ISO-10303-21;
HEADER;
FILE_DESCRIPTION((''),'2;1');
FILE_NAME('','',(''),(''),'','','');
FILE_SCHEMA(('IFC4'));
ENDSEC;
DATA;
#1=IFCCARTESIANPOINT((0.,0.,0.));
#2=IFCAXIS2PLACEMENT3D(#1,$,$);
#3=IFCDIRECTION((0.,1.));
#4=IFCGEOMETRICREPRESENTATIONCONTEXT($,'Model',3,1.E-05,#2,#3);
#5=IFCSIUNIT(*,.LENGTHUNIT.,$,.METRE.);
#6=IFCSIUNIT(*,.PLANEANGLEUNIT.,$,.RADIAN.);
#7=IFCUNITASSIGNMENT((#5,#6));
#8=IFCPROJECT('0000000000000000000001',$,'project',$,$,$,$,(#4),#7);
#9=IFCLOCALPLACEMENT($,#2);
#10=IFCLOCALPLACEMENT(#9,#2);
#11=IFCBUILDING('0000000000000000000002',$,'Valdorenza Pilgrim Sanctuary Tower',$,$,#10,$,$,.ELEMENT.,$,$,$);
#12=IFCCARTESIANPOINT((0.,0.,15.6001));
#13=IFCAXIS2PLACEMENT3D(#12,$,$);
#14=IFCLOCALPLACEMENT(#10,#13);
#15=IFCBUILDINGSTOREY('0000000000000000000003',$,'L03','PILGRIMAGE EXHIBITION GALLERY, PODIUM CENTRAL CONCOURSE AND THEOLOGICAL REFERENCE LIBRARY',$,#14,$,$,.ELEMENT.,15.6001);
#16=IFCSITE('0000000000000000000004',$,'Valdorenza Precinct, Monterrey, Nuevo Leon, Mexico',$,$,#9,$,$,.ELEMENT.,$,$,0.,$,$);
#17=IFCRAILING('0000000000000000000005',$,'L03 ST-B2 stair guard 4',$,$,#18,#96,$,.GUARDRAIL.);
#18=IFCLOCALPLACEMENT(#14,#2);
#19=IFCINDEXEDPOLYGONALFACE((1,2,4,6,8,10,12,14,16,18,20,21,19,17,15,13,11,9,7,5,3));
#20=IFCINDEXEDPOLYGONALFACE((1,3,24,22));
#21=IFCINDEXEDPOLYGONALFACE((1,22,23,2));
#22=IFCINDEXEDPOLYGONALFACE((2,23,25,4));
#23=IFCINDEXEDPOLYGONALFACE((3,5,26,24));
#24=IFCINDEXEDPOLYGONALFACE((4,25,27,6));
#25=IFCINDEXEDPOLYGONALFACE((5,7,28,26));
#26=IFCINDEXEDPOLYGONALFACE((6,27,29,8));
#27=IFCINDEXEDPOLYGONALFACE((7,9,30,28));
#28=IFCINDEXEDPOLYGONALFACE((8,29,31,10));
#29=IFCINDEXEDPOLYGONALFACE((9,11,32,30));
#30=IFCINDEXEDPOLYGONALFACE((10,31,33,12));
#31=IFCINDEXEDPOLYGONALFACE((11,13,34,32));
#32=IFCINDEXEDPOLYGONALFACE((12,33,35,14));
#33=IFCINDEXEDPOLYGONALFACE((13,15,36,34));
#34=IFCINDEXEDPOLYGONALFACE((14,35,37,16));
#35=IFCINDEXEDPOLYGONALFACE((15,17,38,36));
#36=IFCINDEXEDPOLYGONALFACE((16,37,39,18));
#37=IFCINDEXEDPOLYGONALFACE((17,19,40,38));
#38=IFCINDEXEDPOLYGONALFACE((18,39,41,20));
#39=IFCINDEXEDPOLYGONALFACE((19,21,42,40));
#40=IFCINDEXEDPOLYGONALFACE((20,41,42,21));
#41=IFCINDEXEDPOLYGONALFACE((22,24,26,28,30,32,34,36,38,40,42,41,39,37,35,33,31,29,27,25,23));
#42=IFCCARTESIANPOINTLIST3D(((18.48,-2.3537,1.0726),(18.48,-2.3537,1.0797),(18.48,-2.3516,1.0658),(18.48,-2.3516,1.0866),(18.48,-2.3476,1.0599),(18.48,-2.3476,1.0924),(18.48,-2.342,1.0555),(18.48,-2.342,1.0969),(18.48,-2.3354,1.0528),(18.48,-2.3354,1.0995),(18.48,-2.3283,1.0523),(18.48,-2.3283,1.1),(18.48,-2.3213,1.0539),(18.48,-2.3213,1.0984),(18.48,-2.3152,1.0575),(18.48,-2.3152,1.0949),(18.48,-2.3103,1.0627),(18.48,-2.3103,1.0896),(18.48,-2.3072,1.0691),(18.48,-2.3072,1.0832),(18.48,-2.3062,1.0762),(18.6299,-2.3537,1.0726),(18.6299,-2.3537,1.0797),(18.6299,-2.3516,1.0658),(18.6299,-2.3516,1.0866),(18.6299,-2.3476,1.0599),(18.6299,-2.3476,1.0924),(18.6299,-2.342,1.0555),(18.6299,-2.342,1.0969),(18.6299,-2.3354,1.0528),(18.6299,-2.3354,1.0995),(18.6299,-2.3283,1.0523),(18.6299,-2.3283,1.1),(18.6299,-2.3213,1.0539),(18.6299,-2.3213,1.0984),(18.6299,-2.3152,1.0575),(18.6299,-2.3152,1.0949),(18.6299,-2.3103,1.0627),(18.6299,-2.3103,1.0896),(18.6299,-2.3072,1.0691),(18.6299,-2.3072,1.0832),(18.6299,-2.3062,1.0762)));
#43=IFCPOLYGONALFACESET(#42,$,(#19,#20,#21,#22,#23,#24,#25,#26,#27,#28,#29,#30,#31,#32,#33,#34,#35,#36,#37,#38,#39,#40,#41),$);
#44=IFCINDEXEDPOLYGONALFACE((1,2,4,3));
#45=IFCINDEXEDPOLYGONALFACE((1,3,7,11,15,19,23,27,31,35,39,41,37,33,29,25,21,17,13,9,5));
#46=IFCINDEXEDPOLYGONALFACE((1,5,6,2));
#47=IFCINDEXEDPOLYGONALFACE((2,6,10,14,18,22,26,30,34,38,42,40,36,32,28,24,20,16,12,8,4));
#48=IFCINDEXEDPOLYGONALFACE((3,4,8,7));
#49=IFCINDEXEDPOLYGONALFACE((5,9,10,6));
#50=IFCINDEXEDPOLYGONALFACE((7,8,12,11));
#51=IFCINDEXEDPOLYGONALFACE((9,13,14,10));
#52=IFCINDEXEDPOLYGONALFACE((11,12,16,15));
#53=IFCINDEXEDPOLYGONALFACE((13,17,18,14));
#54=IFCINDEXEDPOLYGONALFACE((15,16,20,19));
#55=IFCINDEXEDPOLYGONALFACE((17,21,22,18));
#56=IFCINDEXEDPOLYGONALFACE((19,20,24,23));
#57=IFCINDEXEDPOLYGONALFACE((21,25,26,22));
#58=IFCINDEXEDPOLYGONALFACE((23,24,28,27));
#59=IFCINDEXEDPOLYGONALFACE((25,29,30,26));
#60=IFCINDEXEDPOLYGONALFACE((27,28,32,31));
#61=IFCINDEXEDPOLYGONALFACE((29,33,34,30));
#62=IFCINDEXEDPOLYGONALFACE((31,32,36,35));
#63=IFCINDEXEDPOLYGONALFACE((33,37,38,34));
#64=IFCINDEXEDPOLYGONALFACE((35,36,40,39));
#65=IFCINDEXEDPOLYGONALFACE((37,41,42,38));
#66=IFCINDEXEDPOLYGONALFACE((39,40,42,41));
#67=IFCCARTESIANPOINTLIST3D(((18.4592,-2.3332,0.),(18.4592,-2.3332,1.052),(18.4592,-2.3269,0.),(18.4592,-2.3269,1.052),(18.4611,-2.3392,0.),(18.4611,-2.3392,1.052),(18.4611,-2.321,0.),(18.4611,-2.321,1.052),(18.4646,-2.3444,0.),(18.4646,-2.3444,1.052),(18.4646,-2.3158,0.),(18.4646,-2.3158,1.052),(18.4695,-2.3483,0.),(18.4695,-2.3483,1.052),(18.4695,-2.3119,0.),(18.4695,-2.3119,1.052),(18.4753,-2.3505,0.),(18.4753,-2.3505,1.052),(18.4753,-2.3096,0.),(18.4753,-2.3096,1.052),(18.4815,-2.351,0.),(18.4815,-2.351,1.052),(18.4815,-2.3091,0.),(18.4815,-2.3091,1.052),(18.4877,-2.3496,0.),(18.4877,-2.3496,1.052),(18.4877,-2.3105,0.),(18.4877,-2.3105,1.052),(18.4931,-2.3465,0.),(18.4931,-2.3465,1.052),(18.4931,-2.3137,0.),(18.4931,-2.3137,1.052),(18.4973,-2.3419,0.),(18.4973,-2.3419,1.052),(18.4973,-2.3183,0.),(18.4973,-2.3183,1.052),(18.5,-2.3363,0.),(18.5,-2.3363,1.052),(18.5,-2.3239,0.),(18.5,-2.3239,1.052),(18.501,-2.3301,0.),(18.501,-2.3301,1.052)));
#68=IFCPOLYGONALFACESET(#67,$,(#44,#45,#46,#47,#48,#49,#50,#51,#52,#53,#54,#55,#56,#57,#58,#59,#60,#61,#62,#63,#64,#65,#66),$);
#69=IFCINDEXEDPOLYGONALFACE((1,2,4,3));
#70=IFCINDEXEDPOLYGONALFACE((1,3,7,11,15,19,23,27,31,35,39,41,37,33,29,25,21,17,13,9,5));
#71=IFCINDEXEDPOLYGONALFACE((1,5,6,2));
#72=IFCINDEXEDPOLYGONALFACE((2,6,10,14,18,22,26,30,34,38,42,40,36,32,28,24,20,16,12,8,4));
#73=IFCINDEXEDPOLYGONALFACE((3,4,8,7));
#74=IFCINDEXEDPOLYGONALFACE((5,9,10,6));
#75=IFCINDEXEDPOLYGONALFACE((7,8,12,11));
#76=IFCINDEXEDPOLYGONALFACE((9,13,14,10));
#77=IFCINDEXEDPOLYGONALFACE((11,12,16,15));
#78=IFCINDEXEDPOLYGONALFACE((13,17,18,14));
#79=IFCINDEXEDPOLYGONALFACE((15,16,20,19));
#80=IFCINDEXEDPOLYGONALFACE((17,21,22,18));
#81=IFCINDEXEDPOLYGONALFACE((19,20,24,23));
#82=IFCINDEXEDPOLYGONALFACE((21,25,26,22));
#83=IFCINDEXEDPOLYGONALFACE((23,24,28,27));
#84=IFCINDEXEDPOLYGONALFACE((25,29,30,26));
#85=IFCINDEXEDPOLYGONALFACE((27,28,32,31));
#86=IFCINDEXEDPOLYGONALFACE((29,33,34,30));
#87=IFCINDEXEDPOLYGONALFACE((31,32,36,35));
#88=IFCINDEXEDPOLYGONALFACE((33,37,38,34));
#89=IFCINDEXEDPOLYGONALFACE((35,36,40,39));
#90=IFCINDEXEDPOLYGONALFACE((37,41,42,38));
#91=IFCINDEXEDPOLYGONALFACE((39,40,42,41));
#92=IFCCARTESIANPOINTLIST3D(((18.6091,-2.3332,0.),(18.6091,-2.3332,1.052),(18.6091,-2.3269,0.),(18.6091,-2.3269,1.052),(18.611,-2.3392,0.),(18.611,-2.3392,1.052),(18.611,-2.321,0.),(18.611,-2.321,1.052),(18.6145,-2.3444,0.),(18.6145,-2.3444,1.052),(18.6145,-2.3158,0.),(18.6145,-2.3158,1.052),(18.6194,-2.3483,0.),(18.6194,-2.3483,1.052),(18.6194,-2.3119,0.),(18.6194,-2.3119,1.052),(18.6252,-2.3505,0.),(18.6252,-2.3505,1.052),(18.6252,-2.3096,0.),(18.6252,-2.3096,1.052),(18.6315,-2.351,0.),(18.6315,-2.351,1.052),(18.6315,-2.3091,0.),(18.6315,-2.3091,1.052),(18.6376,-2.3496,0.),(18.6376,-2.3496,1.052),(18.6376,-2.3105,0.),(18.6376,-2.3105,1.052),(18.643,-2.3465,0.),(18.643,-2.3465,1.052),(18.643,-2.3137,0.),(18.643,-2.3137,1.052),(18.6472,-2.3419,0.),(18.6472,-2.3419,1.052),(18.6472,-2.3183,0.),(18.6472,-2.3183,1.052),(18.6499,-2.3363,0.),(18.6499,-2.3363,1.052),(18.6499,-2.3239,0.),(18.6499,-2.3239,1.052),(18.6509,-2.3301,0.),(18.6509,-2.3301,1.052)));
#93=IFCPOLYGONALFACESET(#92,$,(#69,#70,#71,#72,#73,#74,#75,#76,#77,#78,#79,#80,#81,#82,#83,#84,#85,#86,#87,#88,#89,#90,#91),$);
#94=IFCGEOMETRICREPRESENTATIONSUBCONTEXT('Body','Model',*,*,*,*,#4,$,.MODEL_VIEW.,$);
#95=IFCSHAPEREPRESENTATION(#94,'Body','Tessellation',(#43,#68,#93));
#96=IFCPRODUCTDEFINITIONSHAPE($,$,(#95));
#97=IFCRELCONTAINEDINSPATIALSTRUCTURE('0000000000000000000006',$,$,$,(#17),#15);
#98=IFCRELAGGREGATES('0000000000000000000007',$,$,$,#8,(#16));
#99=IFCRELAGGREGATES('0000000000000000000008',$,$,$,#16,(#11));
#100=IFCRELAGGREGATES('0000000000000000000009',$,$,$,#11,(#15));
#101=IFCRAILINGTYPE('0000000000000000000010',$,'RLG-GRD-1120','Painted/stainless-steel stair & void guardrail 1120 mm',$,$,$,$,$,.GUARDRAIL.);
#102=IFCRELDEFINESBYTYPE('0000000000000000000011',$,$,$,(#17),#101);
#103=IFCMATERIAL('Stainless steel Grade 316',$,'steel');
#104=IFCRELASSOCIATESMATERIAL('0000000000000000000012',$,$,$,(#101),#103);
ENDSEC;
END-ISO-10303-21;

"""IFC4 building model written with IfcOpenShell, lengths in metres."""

from ifc_helpers import new_model, si_unit, direction, frame, origin, origin_2d, place, context, subcontext, project, spatial, circle, extrude, material, type_object, element, save


model = new_model("IFC4")

# Units and contexts
model_context = context("Model", 3, precision=1e-05, world=origin(), true_north=direction((0.0, 1.0)))
body_context = subcontext(model_context, "Body", "Model", "MODEL_VIEW")
ifc_project = project(units=[si_unit("LENGTHUNIT", "METRE"), si_unit("PLANEANGLEUNIT", "RADIAN")], contexts=[model_context])

# Site, building, storey
site_placement = place(None, origin())
site = spatial("IfcSite", under=ifc_project, at=site_placement, Name="Valdorenza Precinct, Monterrey, Nuevo Leon, Mexico", CompositionType="ELEMENT", RefElevation=0.0)
building_placement = place(site_placement, origin())
building = spatial("IfcBuilding", under=site, at=building_placement, Name="Valdorenza Pilgrim Sanctuary Tower", CompositionType="ELEMENT")
storey_placement = place(building_placement, frame((0.0, 0.0, 15.6001)))
storey = spatial("IfcBuildingStorey", under=building, at=storey_placement, Name="L03", Description="PILGRIMAGE EXHIBITION GALLERY, PODIUM CENTRAL CONCOURSE AND THEOLOGICAL REFERENCE LIBRARY", CompositionType="ELEMENT", Elevation=15.6001)

# Railing
ifc_material_1 = material(Name="Stainless steel Grade 316", Category="steel")
railing_type_1 = type_object("IfcRailingType", Name="RLG-GRD-1120", Description="Painted/stainless-steel stair & void guardrail 1120 mm", PredefinedType="GUARDRAIL", material=ifc_material_1)
railing_1_placement = place(storey_placement, frame((18.48, -2.3301, 0.0)))
element("IfcRailing", 1, at=railing_1_placement, inside=storey, type_object=railing_type_1, Name="L03 ST-B2 stair guard 4", PredefinedType="GUARDRAIL", context=body_context, shape_type="SweptSolid", body=[
    extrude(circle(Radius=0.0239, at=origin_2d()), frame((0.0, 0.0, 1.0762), z_axis=(1.0, 0.0, 0.0), x_axis=(0.0, 1.0, 0.0)), (0.0, 0.0, 1.0), 0.1499),
    extrude(circle(Radius=0.021, at=origin_2d()), origin(), (0.0, 0.0, 1.0), 1.052),
    extrude(circle(Radius=0.021, at=origin_2d()), frame((0.1499, 0.0, 0.0)), (0.0, 0.0, 1.0), 1.052),
])

save(model, "model.ifc")
